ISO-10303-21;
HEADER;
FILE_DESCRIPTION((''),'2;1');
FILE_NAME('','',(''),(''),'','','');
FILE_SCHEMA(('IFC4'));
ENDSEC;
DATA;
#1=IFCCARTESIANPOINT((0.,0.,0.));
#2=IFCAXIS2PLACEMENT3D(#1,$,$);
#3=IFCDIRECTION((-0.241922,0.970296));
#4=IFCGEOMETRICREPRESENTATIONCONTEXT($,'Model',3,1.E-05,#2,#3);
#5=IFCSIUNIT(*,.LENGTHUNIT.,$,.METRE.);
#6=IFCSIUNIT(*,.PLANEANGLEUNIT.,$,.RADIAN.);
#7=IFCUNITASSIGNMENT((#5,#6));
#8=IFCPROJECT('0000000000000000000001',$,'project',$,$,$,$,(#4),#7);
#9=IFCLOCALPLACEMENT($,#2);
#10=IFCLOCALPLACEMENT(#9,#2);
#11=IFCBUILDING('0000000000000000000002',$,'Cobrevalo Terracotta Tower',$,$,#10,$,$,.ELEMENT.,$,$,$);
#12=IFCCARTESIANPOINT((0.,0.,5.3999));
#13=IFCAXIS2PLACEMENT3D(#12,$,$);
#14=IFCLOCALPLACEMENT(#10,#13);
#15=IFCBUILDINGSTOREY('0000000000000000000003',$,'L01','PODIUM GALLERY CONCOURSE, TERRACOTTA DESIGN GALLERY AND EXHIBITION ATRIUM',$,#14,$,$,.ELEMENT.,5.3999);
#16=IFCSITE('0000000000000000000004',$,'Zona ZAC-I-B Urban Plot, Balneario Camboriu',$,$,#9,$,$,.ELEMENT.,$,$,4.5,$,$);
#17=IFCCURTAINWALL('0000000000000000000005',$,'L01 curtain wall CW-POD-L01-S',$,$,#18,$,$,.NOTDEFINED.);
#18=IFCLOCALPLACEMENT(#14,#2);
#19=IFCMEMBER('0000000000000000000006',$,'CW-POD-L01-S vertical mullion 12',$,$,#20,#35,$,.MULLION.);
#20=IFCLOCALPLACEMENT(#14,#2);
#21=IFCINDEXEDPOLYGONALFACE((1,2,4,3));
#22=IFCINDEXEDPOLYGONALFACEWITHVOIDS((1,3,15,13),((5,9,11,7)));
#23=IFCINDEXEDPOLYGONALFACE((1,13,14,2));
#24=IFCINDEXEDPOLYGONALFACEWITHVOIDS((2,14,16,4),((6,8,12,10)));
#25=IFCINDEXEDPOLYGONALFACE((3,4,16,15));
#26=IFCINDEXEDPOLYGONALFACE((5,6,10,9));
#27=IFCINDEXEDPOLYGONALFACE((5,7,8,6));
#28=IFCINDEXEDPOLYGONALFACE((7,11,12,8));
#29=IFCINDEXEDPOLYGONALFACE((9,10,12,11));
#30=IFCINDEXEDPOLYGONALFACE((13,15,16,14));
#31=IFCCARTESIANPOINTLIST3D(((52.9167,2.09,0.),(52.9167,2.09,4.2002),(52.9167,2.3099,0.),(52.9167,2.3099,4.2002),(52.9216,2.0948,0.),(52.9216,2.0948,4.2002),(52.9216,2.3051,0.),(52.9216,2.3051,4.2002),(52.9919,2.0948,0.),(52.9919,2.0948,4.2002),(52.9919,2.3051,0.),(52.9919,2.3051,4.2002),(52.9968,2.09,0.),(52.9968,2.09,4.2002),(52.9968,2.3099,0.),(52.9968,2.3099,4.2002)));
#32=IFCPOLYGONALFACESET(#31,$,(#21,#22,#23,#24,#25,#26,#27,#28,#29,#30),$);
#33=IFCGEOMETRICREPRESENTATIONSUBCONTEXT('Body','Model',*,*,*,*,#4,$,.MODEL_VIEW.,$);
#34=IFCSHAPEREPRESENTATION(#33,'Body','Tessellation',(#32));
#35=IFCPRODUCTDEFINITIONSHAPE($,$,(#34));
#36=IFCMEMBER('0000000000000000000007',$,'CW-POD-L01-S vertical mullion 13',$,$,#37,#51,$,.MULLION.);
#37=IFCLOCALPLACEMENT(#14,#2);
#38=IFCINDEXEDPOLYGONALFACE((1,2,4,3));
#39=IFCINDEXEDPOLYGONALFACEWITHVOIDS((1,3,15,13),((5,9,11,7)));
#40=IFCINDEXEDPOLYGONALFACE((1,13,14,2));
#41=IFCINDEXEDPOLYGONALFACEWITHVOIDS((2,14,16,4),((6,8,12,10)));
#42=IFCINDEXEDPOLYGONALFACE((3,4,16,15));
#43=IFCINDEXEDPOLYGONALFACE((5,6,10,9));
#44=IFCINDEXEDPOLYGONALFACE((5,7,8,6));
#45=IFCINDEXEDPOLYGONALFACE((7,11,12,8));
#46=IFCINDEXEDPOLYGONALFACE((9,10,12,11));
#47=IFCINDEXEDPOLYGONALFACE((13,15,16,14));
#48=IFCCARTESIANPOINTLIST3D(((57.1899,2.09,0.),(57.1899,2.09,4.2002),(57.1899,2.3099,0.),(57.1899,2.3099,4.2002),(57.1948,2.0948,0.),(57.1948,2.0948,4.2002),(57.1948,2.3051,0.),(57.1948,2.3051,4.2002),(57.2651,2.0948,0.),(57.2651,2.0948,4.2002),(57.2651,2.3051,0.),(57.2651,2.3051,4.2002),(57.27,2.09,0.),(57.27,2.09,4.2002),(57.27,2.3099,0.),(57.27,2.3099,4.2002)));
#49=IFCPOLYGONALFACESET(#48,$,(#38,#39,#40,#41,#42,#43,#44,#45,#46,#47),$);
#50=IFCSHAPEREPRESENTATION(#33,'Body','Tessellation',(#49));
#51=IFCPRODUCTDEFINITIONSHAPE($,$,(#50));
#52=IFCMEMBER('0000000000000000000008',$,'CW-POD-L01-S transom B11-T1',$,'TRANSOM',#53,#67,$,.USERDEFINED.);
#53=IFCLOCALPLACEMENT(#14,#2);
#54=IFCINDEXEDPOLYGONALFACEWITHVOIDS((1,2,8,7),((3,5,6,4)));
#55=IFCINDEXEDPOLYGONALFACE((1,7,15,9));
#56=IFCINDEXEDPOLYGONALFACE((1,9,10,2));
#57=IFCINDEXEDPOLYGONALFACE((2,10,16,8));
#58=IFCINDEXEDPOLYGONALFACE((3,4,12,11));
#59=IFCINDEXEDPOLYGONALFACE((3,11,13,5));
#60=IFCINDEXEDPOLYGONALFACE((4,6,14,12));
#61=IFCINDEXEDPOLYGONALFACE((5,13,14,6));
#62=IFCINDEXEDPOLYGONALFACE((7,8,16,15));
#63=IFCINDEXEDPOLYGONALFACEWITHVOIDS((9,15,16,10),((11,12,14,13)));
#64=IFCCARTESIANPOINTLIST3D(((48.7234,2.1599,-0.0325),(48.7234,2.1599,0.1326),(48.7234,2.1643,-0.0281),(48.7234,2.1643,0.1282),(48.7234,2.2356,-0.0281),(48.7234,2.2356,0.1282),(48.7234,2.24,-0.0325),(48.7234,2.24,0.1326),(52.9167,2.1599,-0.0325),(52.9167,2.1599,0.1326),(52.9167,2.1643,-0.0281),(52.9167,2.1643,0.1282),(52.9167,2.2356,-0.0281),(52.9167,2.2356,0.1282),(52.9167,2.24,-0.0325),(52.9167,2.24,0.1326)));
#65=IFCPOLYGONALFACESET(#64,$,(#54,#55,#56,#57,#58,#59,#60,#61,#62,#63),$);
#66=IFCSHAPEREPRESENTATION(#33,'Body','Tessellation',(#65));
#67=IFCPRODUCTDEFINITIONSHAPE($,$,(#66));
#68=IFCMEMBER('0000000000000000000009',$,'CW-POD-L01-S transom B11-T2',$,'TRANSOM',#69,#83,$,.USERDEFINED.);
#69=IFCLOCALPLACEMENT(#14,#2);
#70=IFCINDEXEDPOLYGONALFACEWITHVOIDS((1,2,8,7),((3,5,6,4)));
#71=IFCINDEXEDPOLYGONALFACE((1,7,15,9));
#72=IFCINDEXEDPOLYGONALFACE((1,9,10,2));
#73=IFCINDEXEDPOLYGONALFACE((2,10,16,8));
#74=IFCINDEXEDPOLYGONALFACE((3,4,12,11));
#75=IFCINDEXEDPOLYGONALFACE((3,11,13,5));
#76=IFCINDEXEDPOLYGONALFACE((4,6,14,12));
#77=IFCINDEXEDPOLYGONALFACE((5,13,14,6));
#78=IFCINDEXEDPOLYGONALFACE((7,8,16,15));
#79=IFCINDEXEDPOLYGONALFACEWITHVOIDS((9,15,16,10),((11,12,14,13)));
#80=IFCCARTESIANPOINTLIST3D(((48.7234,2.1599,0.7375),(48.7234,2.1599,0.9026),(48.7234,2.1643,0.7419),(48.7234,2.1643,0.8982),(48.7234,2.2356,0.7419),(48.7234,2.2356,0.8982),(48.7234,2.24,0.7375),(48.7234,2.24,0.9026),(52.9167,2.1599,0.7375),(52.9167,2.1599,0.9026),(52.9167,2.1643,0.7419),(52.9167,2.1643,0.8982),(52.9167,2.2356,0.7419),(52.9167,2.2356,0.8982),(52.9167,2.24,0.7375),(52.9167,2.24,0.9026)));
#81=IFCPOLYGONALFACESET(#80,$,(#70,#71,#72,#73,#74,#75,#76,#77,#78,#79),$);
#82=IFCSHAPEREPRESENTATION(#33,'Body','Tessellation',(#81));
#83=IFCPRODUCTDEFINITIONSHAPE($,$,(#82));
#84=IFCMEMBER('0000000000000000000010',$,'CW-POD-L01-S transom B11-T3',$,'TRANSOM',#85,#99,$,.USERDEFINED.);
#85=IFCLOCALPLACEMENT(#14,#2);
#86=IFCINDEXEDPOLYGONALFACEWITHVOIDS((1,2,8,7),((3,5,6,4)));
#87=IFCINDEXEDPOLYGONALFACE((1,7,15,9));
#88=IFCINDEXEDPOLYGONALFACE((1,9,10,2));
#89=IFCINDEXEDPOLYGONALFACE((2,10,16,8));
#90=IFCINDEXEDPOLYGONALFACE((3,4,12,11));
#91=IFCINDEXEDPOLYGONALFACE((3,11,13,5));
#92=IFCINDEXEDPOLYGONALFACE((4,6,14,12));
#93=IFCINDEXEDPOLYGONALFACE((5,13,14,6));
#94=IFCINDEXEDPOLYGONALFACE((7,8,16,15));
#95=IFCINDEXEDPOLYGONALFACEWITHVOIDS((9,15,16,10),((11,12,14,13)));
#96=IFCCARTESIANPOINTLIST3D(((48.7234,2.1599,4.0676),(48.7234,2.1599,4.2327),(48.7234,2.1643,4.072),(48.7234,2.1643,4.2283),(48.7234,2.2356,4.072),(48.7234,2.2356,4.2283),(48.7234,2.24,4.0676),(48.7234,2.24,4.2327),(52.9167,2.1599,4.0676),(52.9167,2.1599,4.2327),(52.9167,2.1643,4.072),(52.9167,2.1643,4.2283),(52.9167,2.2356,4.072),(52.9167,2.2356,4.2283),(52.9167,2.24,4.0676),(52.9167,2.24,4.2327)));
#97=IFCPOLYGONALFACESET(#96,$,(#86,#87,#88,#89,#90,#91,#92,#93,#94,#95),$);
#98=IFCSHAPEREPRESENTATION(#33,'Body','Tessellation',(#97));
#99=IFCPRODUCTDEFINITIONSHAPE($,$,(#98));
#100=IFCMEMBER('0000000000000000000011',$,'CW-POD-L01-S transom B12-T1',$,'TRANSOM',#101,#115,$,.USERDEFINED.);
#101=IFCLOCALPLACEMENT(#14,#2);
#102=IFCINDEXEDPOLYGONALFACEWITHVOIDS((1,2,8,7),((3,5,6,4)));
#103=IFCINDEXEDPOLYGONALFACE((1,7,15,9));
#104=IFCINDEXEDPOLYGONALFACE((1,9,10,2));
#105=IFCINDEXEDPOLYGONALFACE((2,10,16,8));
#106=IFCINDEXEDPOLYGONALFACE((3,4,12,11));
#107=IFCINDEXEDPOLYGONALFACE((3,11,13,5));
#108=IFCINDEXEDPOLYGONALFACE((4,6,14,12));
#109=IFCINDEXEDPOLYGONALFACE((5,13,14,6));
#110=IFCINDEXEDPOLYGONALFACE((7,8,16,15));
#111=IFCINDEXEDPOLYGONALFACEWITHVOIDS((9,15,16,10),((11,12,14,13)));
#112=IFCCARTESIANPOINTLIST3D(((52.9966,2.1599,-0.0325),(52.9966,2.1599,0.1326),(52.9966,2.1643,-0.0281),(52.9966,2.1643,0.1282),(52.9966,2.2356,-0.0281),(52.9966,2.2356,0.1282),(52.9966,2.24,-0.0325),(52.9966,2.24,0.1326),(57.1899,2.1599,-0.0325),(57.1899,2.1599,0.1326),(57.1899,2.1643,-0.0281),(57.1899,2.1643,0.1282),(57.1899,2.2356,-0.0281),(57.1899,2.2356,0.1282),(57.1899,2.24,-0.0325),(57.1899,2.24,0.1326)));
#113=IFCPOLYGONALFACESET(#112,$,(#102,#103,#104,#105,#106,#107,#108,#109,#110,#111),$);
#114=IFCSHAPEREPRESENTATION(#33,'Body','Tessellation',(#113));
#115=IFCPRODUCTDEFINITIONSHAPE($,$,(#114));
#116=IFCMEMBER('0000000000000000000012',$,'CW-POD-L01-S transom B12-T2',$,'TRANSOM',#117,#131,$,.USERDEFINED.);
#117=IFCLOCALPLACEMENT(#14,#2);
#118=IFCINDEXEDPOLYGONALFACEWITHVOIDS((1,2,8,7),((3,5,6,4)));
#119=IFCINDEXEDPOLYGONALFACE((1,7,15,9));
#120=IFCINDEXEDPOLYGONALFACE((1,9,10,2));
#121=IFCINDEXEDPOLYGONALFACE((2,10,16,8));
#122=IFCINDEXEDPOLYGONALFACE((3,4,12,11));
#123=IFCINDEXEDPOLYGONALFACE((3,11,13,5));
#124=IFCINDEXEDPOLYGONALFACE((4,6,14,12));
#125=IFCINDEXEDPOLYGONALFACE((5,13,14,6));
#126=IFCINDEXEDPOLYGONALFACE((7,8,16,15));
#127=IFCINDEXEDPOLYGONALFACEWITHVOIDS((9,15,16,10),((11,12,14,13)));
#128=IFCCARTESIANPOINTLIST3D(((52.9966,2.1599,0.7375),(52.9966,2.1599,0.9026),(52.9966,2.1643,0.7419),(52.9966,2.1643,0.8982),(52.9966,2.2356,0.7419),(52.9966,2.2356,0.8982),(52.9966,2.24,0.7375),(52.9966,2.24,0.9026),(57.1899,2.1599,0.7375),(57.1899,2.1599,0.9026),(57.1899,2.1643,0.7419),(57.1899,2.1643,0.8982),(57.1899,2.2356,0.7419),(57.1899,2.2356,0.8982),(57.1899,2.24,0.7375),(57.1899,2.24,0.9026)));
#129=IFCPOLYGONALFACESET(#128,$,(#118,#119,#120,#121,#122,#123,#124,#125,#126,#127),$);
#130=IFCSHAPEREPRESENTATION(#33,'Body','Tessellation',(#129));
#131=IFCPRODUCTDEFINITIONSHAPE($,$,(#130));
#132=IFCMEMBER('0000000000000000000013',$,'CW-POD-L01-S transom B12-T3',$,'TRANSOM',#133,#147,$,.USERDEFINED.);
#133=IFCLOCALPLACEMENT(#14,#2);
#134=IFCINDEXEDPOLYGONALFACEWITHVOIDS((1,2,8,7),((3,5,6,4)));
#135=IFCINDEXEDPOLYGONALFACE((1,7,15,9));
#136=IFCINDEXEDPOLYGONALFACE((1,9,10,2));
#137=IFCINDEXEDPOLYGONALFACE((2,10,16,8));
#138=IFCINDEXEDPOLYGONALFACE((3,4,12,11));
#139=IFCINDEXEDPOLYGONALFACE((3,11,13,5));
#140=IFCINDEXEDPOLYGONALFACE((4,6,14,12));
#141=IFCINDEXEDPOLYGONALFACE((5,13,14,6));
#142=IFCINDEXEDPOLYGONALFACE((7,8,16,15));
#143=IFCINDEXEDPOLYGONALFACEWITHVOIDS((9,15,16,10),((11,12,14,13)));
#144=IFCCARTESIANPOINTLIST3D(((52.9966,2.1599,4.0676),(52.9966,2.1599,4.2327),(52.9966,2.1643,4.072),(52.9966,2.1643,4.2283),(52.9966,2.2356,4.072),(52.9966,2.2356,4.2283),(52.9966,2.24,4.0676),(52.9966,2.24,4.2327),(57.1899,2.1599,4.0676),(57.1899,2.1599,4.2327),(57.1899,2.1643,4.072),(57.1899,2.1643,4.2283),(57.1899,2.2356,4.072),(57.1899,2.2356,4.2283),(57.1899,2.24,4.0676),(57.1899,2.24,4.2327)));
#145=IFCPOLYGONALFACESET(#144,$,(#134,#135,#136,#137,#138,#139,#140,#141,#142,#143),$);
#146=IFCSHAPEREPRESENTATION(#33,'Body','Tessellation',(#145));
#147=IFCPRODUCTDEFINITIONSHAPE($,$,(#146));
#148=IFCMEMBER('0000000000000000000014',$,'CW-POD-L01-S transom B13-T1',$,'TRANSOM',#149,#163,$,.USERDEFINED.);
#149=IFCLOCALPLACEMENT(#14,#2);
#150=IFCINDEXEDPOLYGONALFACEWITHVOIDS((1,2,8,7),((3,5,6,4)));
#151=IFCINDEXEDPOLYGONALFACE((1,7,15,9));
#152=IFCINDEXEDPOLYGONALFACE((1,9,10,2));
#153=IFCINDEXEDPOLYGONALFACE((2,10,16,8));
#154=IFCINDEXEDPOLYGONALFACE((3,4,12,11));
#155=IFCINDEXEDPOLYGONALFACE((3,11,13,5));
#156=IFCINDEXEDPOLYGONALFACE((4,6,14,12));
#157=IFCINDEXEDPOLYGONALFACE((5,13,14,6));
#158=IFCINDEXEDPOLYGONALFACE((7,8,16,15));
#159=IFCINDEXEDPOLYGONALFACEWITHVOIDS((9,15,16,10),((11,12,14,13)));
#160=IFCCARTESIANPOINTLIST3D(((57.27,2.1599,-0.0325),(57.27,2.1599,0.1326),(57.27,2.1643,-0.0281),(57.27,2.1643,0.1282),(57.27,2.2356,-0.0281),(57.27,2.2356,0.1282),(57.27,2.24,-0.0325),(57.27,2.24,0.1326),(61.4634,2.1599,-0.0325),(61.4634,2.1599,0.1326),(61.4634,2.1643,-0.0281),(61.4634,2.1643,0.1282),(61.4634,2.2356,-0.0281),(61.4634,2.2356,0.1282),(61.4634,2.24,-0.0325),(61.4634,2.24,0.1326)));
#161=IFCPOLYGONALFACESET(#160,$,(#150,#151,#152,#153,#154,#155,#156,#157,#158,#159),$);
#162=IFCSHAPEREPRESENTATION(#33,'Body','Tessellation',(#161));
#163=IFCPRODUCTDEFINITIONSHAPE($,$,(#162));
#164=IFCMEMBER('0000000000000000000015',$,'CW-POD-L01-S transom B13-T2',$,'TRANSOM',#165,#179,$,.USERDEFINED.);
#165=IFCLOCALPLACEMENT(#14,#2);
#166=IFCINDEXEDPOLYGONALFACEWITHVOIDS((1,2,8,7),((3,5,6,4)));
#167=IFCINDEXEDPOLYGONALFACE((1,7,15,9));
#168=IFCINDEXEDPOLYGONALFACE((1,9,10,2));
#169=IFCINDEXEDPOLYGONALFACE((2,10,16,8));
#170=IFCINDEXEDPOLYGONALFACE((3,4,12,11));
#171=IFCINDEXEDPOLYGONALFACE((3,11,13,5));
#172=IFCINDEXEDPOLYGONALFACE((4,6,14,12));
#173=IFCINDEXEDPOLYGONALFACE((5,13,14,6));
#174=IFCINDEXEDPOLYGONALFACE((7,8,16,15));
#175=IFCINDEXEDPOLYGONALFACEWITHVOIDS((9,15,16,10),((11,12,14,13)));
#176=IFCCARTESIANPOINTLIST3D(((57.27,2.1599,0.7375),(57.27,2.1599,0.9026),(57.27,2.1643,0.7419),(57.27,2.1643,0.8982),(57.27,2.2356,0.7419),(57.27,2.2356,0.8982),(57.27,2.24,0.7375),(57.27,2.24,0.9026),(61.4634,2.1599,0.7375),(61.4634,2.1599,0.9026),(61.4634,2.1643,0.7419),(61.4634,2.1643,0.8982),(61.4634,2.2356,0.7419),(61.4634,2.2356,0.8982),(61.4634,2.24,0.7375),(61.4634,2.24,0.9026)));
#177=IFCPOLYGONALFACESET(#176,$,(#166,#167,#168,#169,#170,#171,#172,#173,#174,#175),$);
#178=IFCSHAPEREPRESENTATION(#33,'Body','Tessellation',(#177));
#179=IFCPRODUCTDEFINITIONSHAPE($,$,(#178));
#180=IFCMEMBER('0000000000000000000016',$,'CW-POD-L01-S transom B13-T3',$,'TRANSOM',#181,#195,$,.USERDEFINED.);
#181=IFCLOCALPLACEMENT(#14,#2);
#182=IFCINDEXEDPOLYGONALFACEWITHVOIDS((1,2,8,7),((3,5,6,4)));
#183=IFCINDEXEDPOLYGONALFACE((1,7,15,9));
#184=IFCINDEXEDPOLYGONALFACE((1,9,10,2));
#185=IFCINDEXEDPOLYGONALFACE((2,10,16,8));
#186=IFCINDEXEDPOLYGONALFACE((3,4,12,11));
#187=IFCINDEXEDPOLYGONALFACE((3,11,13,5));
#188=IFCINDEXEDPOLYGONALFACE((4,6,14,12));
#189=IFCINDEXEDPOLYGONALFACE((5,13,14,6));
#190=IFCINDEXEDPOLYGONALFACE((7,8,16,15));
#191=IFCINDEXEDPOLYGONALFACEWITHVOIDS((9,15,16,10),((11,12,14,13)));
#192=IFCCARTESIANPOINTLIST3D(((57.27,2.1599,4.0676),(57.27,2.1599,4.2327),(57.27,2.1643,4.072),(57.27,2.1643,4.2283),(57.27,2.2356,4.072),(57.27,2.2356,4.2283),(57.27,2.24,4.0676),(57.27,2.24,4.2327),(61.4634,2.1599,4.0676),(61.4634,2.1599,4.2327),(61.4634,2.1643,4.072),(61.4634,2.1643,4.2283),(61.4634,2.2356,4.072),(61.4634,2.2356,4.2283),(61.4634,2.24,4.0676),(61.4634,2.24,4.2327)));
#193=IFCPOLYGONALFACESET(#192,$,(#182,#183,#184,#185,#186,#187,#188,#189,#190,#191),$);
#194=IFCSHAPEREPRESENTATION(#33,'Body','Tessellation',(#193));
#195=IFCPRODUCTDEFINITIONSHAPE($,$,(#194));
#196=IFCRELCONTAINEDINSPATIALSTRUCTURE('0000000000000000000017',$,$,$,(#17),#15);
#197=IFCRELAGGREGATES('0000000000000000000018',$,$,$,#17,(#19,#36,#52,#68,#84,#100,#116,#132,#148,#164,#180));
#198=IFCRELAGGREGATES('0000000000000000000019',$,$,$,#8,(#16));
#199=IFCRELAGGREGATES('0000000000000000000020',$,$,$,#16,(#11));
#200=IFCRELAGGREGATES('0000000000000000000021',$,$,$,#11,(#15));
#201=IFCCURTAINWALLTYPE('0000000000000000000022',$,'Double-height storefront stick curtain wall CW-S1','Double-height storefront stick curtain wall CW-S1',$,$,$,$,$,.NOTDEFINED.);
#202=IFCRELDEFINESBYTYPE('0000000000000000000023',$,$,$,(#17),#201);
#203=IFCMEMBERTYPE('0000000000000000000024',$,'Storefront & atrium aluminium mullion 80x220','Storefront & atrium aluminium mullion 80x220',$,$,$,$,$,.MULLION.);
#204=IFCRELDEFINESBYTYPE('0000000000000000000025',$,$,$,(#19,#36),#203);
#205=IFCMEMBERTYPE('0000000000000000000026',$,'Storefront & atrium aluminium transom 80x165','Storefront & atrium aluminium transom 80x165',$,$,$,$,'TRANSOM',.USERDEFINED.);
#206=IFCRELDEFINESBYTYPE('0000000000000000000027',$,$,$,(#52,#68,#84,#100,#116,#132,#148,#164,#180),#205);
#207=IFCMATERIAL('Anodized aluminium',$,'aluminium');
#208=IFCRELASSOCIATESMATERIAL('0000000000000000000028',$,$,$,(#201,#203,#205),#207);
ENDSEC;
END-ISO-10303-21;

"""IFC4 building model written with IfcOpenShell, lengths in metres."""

from ifc_helpers import new_model, si_unit, direction, frame, origin, origin_2d, place, context, subcontext, project, spatial, hollow_rectangle, extrude, source, transform, mapped, material, material_profile, profile_set, type_object, element, aggregate, save


model = new_model("IFC4")

# Units and contexts
model_context = context("Model", 3, precision=1e-05, world=origin(), true_north=direction((-0.241922, 0.970296)))
body_context = subcontext(model_context, "Body", "Model", "MODEL_VIEW")
ifc_project = project(units=[si_unit("LENGTHUNIT", "METRE"), si_unit("PLANEANGLEUNIT", "RADIAN")], contexts=[model_context])

# Site, building, storey
site_placement = place(None, origin())
site = spatial("IfcSite", under=ifc_project, at=site_placement, Name="Zona ZAC-I-B Urban Plot, Balneario Camboriu", CompositionType="ELEMENT", RefElevation=4.5)
building_placement = place(site_placement, origin())
building = spatial("IfcBuilding", under=site, at=building_placement, Name="Cobrevalo Terracotta Tower", CompositionType="ELEMENT")
storey_placement = place(building_placement, frame((0.0, 0.0, 5.3999)))
storey = spatial("IfcBuildingStorey", under=building, at=storey_placement, Name="L01", Description="PODIUM GALLERY CONCOURSE, TERRACOTTA DESIGN GALLERY AND EXHIBITION ATRIUM", CompositionType="ELEMENT", Elevation=5.3999)

# Curtain wall, members
ifc_material_1 = material(Name="Anodized aluminium", Category="aluminium")
curtain_wall_type = type_object("IfcCurtainWallType", Name="Double-height storefront stick curtain wall CW-S1", Description="Double-height storefront stick curtain wall CW-S1", PredefinedType="NOTDEFINED", material=ifc_material_1)
curtain_wall_placement = place(storey_placement, origin())
curtain_wall = element("IfcCurtainWall", 1, at=curtain_wall_placement, inside=storey, type_object=curtain_wall_type, Name="L01 curtain wall CW-POD-L01-S", PredefinedType="NOTDEFINED")
ifc_material_profile_1 = material_profile(ifc_material_1, hollow_rectangle(XDim=0.0801, YDim=0.22, WallThickness=0.0049, at=origin_2d()), Name="CWM 80x220")
ifc_profile_set_1 = profile_set([ifc_material_profile_1], Name="Anodized aluminium")
member_type_1 = type_object("IfcMemberType", Name="Storefront & atrium aluminium mullion 80x220", Description="Storefront & atrium aluminium mullion 80x220", PredefinedType="MULLION", material=ifc_profile_set_1)
shared_shape_1 = source(origin(), body_context, "Body", "SweptSolid", [
    extrude(hollow_rectangle(XDim=0.0801, YDim=0.22, WallThickness=0.0049, at=origin_2d()), origin(), (0.0, 0.0, 1.0), 4.2002),
])
member_1_placement = place(storey_placement, frame((52.9568, 2.2, 0.0), z_axis=(0.0, 0.0, 1.0), x_axis=(1.0, 0.0, 0.0)))
member_1 = element("IfcMember", 2, at=member_1_placement, type_object=member_type_1, Name="CW-POD-L01-S vertical mullion 12", PredefinedType="MULLION", context=body_context, shape_type="MappedRepresentation", body=[
    mapped(shared_shape_1, transform((0.0, 0.0, 0.0), scale=1.0)),
])
member_2_placement = place(storey_placement, frame((57.23, 2.2, 0.0), z_axis=(0.0, 0.0, 1.0), x_axis=(1.0, 0.0, 0.0)))
member_2 = element("IfcMember", 3, at=member_2_placement, type_object=member_type_1, Name="CW-POD-L01-S vertical mullion 13", PredefinedType="MULLION", context=body_context, shape_type="MappedRepresentation", body=[
    mapped(shared_shape_1, transform((0.0, 0.0, 0.0), scale=1.0)),
])
ifc_material_profile_2 = material_profile(ifc_material_1, hollow_rectangle(XDim=0.0801, YDim=0.165, WallThickness=0.0044, at=origin_2d()), Name="CWT 80x165")
ifc_profile_set_2 = profile_set([ifc_material_profile_2], Name="Anodized aluminium")
member_type_2 = type_object("IfcMemberType", Name="Storefront & atrium aluminium transom 80x165", Description="Storefront & atrium aluminium transom 80x165", ElementType="TRANSOM", PredefinedType="USERDEFINED", material=ifc_profile_set_2)
shared_shape_2 = source(origin(), body_context, "Body", "SweptSolid", [
    extrude(hollow_rectangle(XDim=0.0801, YDim=0.165, WallThickness=0.0044, at=origin_2d()), origin(), (0.0, 0.0, 1.0), 4.1934),
])
member_3_placement = place(storey_placement, frame((48.7234, 2.2, 0.05), z_axis=(1.0, 0.0, 0.0), x_axis=(0.0, 1.0, 0.0)))
member_3 = element("IfcMember", 4, at=member_3_placement, type_object=member_type_2, Name="CW-POD-L01-S transom B11-T1", ObjectType="TRANSOM", PredefinedType="USERDEFINED", context=body_context, shape_type="MappedRepresentation", body=[
    mapped(shared_shape_2, transform((0.0, 0.0, 0.0), scale=1.0)),
])
member_4_placement = place(storey_placement, frame((48.7234, 2.2, 0.8201), z_axis=(1.0, 0.0, 0.0), x_axis=(0.0, 1.0, 0.0)))
member_4 = element("IfcMember", 5, at=member_4_placement, type_object=member_type_2, Name="CW-POD-L01-S transom B11-T2", ObjectType="TRANSOM", PredefinedType="USERDEFINED", context=body_context, shape_type="MappedRepresentation", body=[
    mapped(shared_shape_2, transform((0.0, 0.0, 0.0), scale=1.0)),
])
member_5_placement = place(storey_placement, frame((48.7234, 2.2, 4.1501), z_axis=(1.0, 0.0, 0.0), x_axis=(0.0, 1.0, 0.0)))
member_5 = element("IfcMember", 6, at=member_5_placement, type_object=member_type_2, Name="CW-POD-L01-S transom B11-T3", ObjectType="TRANSOM", PredefinedType="USERDEFINED", context=body_context, shape_type="MappedRepresentation", body=[
    mapped(shared_shape_2, transform((0.0, 0.0, 0.0), scale=1.0)),
])
member_6_placement = place(storey_placement, frame((52.9966, 2.2, 0.05), z_axis=(1.0, 0.0, 0.0), x_axis=(0.0, 1.0, 0.0)))
member_6 = element("IfcMember", 7, at=member_6_placement, type_object=member_type_2, Name="CW-POD-L01-S transom B12-T1", ObjectType="TRANSOM", PredefinedType="USERDEFINED", context=body_context, shape_type="MappedRepresentation", body=[
    mapped(shared_shape_2, transform((0.0, 0.0, 0.0), scale=1.0)),
])
member_7_placement = place(storey_placement, frame((52.9966, 2.2, 0.8201), z_axis=(1.0, 0.0, 0.0), x_axis=(0.0, 1.0, 0.0)))
member_7 = element("IfcMember", 8, at=member_7_placement, type_object=member_type_2, Name="CW-POD-L01-S transom B12-T2", ObjectType="TRANSOM", PredefinedType="USERDEFINED", context=body_context, shape_type="MappedRepresentation", body=[
    mapped(shared_shape_2, transform((0.0, 0.0, 0.0), scale=1.0)),
])
member_8_placement = place(storey_placement, frame((52.9966, 2.2, 4.1501), z_axis=(1.0, 0.0, 0.0), x_axis=(0.0, 1.0, 0.0)))
member_8 = element("IfcMember", 9, at=member_8_placement, type_object=member_type_2, Name="CW-POD-L01-S transom B12-T3", ObjectType="TRANSOM", PredefinedType="USERDEFINED", context=body_context, shape_type="MappedRepresentation", body=[
    mapped(shared_shape_2, transform((0.0, 0.0, 0.0), scale=1.0)),
])
member_9_placement = place(storey_placement, frame((57.27, 2.2, 0.05), z_axis=(1.0, 0.0, 0.0), x_axis=(0.0, 1.0, 0.0)))
member_9 = element("IfcMember", 10, at=member_9_placement, type_object=member_type_2, Name="CW-POD-L01-S transom B13-T1", ObjectType="TRANSOM", PredefinedType="USERDEFINED", context=body_context, shape_type="MappedRepresentation", body=[
    mapped(shared_shape_2, transform((0.0, 0.0, 0.0), scale=1.0)),
])
member_10_placement = place(storey_placement, frame((57.27, 2.2, 0.8201), z_axis=(1.0, 0.0, 0.0), x_axis=(0.0, 1.0, 0.0)))
member_10 = element("IfcMember", 11, at=member_10_placement, type_object=member_type_2, Name="CW-POD-L01-S transom B13-T2", ObjectType="TRANSOM", PredefinedType="USERDEFINED", context=body_context, shape_type="MappedRepresentation", body=[
    mapped(shared_shape_2, transform((0.0, 0.0, 0.0), scale=1.0)),
])
member_11_placement = place(storey_placement, frame((57.27, 2.2, 4.1501), z_axis=(1.0, 0.0, 0.0), x_axis=(0.0, 1.0, 0.0)))
member_11 = element("IfcMember", 12, at=member_11_placement, type_object=member_type_2, Name="CW-POD-L01-S transom B13-T3", ObjectType="TRANSOM", PredefinedType="USERDEFINED", context=body_context, shape_type="MappedRepresentation", body=[
    mapped(shared_shape_2, transform((0.0, 0.0, 0.0), scale=1.0)),
])
aggregate(curtain_wall, [member_1, member_2, member_3, member_4, member_5, member_6, member_7, member_8, member_9, member_10, member_11])

save(model, "model.ifc")
